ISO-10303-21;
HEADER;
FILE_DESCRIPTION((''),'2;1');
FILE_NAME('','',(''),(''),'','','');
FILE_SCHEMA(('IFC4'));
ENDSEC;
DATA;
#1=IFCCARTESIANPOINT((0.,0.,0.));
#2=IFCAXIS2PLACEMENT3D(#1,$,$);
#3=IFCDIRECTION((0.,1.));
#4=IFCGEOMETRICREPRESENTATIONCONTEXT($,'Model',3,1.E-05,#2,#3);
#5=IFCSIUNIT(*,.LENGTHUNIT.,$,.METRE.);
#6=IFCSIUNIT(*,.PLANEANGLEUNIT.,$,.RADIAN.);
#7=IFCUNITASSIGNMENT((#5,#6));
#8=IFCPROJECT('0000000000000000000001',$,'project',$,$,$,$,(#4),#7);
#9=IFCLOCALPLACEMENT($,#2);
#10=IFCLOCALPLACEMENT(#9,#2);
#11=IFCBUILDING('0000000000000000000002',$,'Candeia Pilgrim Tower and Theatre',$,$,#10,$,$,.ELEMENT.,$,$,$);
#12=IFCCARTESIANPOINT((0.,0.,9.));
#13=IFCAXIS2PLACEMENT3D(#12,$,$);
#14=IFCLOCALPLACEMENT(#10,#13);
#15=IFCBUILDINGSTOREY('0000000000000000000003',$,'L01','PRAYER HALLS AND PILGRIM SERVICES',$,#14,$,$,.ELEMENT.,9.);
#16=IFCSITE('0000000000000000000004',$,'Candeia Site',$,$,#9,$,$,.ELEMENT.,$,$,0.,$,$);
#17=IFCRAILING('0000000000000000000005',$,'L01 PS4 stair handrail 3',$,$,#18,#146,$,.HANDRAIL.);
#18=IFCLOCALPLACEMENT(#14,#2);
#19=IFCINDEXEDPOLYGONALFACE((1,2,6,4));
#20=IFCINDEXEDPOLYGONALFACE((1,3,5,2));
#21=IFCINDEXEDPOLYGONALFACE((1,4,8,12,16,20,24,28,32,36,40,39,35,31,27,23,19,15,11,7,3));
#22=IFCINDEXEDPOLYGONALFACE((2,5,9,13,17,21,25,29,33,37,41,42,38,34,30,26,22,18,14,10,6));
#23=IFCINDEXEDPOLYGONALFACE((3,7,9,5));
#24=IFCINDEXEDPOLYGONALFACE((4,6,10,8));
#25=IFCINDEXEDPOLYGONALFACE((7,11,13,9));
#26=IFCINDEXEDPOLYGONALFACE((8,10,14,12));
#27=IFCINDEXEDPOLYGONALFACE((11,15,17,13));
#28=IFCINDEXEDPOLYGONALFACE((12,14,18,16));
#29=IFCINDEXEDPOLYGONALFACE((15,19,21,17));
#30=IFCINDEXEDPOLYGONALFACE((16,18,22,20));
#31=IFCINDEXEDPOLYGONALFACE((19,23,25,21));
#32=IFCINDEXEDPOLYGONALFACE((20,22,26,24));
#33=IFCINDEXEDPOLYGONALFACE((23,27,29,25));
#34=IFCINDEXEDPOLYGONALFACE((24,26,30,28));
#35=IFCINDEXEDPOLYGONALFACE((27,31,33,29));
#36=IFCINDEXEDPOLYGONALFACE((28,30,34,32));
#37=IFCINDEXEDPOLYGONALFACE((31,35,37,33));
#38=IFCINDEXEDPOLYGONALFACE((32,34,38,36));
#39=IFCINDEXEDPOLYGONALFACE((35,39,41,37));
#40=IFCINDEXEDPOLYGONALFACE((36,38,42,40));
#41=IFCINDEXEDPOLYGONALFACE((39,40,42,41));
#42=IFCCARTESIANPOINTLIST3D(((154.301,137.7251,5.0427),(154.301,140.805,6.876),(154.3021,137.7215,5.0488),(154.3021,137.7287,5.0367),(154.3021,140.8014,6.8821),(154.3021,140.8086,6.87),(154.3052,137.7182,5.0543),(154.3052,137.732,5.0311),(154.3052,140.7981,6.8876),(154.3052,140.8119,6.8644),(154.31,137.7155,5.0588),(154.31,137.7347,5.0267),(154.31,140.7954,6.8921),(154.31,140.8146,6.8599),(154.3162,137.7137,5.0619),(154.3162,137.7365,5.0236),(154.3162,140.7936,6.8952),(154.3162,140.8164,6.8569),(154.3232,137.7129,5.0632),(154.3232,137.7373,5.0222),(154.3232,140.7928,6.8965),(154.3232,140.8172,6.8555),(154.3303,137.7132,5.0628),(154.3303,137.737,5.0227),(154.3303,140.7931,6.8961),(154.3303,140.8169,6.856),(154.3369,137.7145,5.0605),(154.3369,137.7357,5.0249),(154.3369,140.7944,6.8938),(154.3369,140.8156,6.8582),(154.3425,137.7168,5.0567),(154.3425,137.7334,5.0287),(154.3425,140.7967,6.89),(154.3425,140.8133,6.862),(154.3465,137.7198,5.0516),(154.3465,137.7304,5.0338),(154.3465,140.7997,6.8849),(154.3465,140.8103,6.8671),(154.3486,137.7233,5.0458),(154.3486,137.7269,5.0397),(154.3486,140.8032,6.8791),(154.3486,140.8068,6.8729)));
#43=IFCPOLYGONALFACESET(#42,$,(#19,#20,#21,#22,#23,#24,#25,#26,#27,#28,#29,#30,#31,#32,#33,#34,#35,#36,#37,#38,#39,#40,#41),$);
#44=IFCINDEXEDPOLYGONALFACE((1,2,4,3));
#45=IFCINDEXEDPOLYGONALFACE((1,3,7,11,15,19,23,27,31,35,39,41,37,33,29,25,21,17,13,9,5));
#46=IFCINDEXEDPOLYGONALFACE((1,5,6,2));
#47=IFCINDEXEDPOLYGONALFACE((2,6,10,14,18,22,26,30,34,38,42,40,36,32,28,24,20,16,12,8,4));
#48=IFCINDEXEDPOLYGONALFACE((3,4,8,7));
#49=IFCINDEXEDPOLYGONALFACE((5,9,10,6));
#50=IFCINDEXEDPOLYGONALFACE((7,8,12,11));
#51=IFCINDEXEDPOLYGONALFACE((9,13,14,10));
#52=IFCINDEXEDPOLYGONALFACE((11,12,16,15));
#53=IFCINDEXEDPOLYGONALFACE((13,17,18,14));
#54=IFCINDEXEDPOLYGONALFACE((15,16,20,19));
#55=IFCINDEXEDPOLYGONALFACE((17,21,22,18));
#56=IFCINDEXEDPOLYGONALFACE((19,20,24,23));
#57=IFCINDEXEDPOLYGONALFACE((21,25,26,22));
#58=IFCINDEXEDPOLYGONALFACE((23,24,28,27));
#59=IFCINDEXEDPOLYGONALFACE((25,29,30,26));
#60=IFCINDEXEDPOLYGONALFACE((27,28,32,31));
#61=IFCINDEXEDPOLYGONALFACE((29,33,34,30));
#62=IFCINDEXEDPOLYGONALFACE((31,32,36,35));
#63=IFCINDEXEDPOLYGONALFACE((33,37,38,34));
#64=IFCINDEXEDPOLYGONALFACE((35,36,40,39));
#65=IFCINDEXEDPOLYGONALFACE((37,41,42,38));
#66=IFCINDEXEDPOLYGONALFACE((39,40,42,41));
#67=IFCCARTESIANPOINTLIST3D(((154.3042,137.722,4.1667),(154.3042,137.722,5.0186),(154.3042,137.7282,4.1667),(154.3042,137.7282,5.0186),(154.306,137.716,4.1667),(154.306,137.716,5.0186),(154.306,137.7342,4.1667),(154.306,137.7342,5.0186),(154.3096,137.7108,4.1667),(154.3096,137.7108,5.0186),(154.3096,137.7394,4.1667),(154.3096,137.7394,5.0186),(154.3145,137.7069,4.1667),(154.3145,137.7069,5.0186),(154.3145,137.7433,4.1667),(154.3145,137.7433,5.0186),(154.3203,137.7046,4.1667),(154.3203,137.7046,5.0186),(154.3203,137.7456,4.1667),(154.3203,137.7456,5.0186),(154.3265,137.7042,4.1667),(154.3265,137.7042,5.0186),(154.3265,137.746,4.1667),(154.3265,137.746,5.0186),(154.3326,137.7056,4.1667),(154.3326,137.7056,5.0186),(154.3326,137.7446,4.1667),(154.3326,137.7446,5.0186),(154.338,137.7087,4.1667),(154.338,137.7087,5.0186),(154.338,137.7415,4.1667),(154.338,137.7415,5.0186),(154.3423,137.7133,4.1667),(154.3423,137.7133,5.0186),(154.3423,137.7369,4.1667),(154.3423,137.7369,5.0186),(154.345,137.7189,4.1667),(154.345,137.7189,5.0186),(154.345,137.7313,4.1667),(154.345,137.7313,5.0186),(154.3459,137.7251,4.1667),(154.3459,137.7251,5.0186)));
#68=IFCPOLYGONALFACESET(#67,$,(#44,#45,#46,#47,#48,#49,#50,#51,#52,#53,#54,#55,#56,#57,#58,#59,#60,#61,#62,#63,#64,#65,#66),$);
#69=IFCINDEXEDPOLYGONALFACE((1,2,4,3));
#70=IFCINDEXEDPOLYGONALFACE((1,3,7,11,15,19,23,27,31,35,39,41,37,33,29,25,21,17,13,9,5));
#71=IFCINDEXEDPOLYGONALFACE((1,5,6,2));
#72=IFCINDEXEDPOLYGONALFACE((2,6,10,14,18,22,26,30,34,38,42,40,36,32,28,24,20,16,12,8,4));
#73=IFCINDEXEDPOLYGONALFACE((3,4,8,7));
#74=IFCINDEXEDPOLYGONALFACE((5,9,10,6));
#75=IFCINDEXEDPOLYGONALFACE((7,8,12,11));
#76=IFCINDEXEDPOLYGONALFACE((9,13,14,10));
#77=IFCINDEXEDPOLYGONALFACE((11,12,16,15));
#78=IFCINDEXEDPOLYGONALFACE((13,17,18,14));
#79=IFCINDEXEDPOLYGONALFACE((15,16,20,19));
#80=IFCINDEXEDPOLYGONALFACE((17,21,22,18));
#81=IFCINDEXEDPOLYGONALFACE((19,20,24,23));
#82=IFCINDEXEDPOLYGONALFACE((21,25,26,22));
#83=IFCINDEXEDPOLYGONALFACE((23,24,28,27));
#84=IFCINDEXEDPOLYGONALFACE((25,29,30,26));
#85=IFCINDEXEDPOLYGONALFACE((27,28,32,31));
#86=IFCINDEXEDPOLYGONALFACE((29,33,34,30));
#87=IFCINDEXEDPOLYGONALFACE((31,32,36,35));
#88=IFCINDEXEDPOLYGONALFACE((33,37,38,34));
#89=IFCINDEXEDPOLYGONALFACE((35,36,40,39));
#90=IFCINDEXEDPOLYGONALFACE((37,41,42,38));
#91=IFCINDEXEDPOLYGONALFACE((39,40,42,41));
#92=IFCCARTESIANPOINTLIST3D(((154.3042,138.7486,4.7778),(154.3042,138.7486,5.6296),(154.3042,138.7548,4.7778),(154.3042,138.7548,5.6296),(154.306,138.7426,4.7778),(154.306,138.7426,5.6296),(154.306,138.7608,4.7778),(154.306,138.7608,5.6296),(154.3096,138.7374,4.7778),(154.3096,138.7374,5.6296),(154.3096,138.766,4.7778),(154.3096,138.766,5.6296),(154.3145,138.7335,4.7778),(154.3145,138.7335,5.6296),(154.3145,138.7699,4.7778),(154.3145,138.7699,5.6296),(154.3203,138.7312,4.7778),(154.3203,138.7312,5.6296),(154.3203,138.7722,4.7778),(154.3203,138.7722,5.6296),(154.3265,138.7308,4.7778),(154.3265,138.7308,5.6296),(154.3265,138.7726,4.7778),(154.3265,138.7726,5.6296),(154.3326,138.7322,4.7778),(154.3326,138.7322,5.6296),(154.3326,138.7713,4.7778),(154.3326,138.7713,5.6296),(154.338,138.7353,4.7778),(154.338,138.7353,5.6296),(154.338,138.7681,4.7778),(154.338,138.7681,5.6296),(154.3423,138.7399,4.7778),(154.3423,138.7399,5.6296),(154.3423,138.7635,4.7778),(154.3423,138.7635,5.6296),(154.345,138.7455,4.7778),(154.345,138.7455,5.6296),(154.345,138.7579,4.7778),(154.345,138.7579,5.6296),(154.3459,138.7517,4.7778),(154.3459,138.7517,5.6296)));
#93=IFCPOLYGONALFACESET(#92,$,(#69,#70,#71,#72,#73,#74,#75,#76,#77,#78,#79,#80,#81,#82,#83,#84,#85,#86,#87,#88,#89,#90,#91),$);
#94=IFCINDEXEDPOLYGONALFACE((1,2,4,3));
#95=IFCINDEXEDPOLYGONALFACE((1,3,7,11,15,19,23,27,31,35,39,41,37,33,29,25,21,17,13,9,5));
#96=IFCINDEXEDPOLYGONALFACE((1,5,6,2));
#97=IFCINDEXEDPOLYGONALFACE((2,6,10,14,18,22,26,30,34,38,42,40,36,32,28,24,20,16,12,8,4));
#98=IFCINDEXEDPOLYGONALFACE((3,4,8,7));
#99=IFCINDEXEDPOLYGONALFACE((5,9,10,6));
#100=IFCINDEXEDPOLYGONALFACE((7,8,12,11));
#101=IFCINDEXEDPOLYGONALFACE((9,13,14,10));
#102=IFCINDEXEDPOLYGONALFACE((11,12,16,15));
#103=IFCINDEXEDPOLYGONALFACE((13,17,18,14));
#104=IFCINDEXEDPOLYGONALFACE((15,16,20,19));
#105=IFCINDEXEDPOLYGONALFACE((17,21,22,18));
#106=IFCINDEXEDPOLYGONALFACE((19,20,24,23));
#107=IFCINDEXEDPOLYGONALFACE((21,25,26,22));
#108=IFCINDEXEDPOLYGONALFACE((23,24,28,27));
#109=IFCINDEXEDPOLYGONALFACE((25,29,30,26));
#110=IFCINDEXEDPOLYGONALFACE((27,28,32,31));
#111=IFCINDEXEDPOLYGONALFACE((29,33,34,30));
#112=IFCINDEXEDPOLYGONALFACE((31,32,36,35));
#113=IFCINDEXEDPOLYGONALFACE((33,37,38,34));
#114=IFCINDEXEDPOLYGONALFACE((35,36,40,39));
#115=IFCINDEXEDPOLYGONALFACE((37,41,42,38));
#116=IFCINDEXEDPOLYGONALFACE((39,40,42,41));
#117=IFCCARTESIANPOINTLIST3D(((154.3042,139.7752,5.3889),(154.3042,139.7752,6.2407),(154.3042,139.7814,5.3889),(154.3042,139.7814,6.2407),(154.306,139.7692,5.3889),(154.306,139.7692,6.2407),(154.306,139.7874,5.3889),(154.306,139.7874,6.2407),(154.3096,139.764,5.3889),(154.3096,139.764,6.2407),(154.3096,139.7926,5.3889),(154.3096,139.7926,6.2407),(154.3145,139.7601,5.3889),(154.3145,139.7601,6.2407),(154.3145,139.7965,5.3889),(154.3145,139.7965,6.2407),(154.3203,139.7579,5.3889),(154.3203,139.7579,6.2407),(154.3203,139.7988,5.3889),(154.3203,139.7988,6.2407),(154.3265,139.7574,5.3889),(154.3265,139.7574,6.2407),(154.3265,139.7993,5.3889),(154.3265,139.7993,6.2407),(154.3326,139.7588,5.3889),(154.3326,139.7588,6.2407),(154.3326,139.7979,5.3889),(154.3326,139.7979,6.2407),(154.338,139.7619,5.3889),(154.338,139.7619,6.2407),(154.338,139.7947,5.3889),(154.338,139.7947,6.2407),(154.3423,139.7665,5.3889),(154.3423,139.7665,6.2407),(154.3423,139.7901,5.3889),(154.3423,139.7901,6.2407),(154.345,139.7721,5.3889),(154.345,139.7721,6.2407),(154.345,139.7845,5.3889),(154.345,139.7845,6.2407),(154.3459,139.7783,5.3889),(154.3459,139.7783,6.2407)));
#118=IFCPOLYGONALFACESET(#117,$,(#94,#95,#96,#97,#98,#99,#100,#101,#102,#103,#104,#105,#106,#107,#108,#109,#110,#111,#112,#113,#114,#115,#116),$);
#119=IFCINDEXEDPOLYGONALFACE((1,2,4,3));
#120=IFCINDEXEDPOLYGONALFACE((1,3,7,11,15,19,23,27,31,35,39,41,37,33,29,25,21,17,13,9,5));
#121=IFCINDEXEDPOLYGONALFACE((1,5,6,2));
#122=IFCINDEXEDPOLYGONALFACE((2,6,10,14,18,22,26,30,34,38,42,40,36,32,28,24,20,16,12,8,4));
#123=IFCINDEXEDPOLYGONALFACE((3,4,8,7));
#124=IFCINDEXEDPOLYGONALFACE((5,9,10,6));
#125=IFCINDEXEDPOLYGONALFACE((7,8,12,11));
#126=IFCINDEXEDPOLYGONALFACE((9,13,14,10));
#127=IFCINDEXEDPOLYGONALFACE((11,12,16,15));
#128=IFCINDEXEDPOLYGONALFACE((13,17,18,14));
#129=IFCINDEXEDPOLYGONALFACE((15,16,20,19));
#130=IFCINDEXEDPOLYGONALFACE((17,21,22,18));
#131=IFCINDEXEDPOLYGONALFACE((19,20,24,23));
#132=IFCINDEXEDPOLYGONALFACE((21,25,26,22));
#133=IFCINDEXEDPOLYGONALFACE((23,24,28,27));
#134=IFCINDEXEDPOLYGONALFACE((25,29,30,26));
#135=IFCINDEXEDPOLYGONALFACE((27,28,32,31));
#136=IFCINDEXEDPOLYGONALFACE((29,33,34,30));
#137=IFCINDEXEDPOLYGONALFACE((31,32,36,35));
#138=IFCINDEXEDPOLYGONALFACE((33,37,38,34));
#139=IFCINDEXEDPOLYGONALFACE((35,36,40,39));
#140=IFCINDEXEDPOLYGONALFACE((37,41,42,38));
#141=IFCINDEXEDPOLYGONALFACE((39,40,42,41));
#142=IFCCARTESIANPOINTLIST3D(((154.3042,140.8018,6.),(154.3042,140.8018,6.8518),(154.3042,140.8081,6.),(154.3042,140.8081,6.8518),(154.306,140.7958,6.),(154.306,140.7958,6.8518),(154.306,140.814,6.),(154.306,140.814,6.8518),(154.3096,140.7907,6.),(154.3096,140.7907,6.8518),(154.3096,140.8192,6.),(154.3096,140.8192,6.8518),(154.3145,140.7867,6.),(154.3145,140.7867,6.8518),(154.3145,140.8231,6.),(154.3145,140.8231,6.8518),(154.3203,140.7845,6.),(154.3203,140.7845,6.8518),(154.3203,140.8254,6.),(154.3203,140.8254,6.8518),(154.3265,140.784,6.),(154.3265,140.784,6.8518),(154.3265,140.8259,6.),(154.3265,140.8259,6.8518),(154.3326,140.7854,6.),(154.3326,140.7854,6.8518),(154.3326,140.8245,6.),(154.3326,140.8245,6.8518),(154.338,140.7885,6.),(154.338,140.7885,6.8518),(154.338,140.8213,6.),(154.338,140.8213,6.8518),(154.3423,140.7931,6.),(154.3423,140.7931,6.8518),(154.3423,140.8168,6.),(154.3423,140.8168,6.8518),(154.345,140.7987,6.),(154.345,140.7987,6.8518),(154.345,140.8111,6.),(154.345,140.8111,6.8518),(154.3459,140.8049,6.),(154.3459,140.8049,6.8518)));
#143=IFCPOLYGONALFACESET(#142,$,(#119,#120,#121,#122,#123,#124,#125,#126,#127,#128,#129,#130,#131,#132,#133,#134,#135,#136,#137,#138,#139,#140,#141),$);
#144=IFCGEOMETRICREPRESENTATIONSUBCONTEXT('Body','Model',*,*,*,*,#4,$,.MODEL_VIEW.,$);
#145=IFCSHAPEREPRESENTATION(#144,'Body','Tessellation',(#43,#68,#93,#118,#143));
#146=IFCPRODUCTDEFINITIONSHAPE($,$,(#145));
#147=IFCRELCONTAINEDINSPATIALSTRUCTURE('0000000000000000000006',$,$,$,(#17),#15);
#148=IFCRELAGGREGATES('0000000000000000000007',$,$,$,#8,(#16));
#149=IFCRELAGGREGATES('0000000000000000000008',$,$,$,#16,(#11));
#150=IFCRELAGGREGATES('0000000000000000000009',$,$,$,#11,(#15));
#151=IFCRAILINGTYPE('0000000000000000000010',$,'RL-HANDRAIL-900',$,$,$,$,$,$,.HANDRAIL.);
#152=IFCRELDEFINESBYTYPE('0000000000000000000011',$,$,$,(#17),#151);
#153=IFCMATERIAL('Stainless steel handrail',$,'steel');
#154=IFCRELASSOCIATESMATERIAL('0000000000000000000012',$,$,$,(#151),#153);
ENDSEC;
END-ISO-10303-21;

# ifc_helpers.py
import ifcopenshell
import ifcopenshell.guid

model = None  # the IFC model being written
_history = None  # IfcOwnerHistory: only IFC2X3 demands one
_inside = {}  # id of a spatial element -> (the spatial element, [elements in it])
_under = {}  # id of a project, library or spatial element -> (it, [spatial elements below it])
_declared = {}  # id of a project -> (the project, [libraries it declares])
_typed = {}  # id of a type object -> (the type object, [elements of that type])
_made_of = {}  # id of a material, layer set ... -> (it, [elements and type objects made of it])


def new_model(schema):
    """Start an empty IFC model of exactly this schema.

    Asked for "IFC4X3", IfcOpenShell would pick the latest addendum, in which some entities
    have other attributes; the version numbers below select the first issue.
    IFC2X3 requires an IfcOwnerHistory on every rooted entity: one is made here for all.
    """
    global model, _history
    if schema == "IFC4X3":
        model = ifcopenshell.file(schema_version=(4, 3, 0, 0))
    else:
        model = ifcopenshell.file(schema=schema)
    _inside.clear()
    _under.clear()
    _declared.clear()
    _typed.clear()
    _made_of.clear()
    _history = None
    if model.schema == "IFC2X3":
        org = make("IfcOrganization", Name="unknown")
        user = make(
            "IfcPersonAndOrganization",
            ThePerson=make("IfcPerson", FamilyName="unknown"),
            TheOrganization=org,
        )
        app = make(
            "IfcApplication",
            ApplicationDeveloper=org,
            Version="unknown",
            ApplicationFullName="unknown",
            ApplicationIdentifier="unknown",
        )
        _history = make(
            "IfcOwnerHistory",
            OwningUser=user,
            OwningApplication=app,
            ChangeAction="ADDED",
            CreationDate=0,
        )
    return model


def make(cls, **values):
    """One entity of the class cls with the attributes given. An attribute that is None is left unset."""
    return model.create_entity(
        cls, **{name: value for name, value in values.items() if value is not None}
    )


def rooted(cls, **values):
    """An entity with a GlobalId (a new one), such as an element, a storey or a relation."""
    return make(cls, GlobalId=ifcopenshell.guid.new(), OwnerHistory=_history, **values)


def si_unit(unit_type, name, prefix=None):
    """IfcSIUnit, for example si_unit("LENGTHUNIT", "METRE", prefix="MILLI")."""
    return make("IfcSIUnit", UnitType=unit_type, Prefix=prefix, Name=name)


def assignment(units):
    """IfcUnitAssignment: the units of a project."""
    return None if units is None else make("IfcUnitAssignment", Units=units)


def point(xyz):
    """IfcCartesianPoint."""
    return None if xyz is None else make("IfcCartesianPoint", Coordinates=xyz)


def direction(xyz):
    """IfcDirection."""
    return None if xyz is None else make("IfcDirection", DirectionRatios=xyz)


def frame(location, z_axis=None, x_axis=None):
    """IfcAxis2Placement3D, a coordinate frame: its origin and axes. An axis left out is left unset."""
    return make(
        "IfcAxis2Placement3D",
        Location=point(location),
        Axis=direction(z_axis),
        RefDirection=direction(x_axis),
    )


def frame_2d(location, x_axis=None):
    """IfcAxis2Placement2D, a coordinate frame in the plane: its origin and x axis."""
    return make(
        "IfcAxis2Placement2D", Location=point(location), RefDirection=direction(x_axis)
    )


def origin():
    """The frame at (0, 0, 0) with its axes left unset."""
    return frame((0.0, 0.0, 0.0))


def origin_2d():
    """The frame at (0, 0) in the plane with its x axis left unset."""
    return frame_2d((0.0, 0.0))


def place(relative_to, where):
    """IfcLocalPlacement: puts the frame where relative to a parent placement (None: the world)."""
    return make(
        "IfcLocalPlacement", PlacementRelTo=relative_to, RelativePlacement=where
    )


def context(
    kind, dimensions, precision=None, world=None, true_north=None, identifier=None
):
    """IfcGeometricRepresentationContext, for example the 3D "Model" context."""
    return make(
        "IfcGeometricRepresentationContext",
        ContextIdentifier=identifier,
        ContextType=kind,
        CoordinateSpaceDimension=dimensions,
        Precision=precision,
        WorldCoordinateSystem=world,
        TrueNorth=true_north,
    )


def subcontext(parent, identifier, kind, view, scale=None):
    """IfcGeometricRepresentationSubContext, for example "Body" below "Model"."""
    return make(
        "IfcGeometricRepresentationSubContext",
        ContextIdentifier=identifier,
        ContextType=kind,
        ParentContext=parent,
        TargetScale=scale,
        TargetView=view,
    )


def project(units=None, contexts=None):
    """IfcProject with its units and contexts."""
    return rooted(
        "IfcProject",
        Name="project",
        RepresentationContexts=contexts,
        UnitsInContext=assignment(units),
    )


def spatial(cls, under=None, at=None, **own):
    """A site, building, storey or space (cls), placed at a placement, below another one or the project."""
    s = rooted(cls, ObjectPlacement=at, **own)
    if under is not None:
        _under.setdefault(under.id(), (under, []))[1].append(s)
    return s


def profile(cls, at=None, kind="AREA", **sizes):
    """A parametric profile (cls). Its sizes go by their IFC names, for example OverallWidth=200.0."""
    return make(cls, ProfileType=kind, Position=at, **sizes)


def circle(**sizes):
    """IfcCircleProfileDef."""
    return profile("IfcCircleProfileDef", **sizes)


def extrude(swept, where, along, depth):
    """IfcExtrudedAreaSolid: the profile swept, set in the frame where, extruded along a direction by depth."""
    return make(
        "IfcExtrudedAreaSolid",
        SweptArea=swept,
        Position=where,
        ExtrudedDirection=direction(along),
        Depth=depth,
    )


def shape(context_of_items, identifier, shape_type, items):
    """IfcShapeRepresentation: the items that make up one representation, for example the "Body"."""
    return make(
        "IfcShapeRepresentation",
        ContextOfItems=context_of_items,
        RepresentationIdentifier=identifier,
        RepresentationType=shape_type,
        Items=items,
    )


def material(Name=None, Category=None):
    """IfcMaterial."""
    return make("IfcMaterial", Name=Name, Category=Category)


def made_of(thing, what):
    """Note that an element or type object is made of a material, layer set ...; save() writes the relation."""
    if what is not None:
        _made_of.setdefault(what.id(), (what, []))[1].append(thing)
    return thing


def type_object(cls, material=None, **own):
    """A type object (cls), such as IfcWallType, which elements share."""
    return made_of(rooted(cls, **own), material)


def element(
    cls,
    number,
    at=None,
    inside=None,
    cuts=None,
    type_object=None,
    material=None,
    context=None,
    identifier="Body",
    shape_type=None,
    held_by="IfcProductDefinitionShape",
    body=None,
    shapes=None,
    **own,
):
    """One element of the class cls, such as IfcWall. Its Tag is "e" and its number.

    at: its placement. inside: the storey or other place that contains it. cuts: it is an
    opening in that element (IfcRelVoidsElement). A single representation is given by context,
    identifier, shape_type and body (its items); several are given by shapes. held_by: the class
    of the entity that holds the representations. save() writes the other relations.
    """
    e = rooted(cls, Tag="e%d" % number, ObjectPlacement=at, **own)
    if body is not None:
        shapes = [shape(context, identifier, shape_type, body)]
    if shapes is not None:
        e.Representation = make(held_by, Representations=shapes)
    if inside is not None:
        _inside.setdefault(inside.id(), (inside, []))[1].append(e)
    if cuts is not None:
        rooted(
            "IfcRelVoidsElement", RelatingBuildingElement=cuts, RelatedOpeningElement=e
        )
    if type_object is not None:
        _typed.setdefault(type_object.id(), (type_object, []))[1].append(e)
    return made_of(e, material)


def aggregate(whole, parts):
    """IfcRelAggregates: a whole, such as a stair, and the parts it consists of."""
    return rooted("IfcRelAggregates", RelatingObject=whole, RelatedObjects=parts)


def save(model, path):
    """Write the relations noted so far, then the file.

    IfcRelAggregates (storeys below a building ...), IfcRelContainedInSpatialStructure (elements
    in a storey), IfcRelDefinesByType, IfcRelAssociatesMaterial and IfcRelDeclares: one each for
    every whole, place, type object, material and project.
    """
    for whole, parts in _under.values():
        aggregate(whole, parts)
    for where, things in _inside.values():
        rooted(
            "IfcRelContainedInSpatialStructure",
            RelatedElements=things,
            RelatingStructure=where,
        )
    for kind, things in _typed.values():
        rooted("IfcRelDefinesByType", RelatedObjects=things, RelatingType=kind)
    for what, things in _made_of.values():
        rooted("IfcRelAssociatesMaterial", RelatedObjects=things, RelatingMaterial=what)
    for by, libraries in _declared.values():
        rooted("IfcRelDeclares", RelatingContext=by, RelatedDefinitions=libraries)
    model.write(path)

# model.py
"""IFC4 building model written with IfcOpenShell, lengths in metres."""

from ifc_helpers import new_model, si_unit, direction, frame, origin, origin_2d, place, context, subcontext, project, spatial, circle, extrude, material, type_object, element, save


model = new_model("IFC4")

# Units and contexts
model_context = context("Model", 3, precision=1e-05, world=origin(), true_north=direction((0.0, 1.0)))
body_context = subcontext(model_context, "Body", "Model", "MODEL_VIEW")
ifc_project = project(units=[si_unit("LENGTHUNIT", "METRE"), si_unit("PLANEANGLEUNIT", "RADIAN")], contexts=[model_context])

# Site, building, storey
site_placement = place(None, origin())
site = spatial("IfcSite", under=ifc_project, at=site_placement, Name="Candeia Site", CompositionType="ELEMENT", RefElevation=0.0)
building_placement = place(site_placement, origin())
building = spatial("IfcBuilding", under=site, at=building_placement, Name="Candeia Pilgrim Tower and Theatre", CompositionType="ELEMENT")
storey_placement = place(building_placement, frame((0.0, 0.0, 9.0)))
storey = spatial("IfcBuildingStorey", under=building, at=storey_placement, Name="L01", Description="PRAYER HALLS AND PILGRIM SERVICES", CompositionType="ELEMENT", Elevation=9.0)

# Railing
ifc_material_1 = material(Name="Stainless steel handrail", Category="steel")
railing_type_1 = type_object("IfcRailingType", Name="RL-HANDRAIL-900", PredefinedType="HANDRAIL", material=ifc_material_1)
for number, where, name in (
    (1, (154.325, 137.7251, 4.1667), "L01 PS4 stair handrail 3"),
):
    element("IfcRailing", number, at=place(storey_placement, frame(where)), inside=storey, type_object=railing_type_1, Name=name, PredefinedType="HANDRAIL", context=body_context, shape_type="SweptSolid", body=[
        extrude(circle(Radius=0.0239, at=origin_2d()), frame((0.0, 0.0, 0.876), z_axis=(0.0, 0.859291, 0.511487), x_axis=(-1.0, 0.0, 0.0)), (0.0, 0.0, 1.0), 3.5842),
        extrude(circle(Radius=0.021, at=origin_2d()), origin(), (0.0, 0.0, 1.0), 0.8518),
        extrude(circle(Radius=0.021, at=origin_2d()), frame((0.0, 1.0266, 0.6111)), (0.0, 0.0, 1.0), 0.8518),
        extrude(circle(Radius=0.021, at=origin_2d()), frame((0.0, 2.0532, 1.2222)), (0.0, 0.0, 1.0), 0.8518),
        extrude(circle(Radius=0.021, at=origin_2d()), frame((0.0, 3.0798, 1.8333)), (0.0, 0.0, 1.0), 0.8518),
    ])

save(model, "model.ifc")
